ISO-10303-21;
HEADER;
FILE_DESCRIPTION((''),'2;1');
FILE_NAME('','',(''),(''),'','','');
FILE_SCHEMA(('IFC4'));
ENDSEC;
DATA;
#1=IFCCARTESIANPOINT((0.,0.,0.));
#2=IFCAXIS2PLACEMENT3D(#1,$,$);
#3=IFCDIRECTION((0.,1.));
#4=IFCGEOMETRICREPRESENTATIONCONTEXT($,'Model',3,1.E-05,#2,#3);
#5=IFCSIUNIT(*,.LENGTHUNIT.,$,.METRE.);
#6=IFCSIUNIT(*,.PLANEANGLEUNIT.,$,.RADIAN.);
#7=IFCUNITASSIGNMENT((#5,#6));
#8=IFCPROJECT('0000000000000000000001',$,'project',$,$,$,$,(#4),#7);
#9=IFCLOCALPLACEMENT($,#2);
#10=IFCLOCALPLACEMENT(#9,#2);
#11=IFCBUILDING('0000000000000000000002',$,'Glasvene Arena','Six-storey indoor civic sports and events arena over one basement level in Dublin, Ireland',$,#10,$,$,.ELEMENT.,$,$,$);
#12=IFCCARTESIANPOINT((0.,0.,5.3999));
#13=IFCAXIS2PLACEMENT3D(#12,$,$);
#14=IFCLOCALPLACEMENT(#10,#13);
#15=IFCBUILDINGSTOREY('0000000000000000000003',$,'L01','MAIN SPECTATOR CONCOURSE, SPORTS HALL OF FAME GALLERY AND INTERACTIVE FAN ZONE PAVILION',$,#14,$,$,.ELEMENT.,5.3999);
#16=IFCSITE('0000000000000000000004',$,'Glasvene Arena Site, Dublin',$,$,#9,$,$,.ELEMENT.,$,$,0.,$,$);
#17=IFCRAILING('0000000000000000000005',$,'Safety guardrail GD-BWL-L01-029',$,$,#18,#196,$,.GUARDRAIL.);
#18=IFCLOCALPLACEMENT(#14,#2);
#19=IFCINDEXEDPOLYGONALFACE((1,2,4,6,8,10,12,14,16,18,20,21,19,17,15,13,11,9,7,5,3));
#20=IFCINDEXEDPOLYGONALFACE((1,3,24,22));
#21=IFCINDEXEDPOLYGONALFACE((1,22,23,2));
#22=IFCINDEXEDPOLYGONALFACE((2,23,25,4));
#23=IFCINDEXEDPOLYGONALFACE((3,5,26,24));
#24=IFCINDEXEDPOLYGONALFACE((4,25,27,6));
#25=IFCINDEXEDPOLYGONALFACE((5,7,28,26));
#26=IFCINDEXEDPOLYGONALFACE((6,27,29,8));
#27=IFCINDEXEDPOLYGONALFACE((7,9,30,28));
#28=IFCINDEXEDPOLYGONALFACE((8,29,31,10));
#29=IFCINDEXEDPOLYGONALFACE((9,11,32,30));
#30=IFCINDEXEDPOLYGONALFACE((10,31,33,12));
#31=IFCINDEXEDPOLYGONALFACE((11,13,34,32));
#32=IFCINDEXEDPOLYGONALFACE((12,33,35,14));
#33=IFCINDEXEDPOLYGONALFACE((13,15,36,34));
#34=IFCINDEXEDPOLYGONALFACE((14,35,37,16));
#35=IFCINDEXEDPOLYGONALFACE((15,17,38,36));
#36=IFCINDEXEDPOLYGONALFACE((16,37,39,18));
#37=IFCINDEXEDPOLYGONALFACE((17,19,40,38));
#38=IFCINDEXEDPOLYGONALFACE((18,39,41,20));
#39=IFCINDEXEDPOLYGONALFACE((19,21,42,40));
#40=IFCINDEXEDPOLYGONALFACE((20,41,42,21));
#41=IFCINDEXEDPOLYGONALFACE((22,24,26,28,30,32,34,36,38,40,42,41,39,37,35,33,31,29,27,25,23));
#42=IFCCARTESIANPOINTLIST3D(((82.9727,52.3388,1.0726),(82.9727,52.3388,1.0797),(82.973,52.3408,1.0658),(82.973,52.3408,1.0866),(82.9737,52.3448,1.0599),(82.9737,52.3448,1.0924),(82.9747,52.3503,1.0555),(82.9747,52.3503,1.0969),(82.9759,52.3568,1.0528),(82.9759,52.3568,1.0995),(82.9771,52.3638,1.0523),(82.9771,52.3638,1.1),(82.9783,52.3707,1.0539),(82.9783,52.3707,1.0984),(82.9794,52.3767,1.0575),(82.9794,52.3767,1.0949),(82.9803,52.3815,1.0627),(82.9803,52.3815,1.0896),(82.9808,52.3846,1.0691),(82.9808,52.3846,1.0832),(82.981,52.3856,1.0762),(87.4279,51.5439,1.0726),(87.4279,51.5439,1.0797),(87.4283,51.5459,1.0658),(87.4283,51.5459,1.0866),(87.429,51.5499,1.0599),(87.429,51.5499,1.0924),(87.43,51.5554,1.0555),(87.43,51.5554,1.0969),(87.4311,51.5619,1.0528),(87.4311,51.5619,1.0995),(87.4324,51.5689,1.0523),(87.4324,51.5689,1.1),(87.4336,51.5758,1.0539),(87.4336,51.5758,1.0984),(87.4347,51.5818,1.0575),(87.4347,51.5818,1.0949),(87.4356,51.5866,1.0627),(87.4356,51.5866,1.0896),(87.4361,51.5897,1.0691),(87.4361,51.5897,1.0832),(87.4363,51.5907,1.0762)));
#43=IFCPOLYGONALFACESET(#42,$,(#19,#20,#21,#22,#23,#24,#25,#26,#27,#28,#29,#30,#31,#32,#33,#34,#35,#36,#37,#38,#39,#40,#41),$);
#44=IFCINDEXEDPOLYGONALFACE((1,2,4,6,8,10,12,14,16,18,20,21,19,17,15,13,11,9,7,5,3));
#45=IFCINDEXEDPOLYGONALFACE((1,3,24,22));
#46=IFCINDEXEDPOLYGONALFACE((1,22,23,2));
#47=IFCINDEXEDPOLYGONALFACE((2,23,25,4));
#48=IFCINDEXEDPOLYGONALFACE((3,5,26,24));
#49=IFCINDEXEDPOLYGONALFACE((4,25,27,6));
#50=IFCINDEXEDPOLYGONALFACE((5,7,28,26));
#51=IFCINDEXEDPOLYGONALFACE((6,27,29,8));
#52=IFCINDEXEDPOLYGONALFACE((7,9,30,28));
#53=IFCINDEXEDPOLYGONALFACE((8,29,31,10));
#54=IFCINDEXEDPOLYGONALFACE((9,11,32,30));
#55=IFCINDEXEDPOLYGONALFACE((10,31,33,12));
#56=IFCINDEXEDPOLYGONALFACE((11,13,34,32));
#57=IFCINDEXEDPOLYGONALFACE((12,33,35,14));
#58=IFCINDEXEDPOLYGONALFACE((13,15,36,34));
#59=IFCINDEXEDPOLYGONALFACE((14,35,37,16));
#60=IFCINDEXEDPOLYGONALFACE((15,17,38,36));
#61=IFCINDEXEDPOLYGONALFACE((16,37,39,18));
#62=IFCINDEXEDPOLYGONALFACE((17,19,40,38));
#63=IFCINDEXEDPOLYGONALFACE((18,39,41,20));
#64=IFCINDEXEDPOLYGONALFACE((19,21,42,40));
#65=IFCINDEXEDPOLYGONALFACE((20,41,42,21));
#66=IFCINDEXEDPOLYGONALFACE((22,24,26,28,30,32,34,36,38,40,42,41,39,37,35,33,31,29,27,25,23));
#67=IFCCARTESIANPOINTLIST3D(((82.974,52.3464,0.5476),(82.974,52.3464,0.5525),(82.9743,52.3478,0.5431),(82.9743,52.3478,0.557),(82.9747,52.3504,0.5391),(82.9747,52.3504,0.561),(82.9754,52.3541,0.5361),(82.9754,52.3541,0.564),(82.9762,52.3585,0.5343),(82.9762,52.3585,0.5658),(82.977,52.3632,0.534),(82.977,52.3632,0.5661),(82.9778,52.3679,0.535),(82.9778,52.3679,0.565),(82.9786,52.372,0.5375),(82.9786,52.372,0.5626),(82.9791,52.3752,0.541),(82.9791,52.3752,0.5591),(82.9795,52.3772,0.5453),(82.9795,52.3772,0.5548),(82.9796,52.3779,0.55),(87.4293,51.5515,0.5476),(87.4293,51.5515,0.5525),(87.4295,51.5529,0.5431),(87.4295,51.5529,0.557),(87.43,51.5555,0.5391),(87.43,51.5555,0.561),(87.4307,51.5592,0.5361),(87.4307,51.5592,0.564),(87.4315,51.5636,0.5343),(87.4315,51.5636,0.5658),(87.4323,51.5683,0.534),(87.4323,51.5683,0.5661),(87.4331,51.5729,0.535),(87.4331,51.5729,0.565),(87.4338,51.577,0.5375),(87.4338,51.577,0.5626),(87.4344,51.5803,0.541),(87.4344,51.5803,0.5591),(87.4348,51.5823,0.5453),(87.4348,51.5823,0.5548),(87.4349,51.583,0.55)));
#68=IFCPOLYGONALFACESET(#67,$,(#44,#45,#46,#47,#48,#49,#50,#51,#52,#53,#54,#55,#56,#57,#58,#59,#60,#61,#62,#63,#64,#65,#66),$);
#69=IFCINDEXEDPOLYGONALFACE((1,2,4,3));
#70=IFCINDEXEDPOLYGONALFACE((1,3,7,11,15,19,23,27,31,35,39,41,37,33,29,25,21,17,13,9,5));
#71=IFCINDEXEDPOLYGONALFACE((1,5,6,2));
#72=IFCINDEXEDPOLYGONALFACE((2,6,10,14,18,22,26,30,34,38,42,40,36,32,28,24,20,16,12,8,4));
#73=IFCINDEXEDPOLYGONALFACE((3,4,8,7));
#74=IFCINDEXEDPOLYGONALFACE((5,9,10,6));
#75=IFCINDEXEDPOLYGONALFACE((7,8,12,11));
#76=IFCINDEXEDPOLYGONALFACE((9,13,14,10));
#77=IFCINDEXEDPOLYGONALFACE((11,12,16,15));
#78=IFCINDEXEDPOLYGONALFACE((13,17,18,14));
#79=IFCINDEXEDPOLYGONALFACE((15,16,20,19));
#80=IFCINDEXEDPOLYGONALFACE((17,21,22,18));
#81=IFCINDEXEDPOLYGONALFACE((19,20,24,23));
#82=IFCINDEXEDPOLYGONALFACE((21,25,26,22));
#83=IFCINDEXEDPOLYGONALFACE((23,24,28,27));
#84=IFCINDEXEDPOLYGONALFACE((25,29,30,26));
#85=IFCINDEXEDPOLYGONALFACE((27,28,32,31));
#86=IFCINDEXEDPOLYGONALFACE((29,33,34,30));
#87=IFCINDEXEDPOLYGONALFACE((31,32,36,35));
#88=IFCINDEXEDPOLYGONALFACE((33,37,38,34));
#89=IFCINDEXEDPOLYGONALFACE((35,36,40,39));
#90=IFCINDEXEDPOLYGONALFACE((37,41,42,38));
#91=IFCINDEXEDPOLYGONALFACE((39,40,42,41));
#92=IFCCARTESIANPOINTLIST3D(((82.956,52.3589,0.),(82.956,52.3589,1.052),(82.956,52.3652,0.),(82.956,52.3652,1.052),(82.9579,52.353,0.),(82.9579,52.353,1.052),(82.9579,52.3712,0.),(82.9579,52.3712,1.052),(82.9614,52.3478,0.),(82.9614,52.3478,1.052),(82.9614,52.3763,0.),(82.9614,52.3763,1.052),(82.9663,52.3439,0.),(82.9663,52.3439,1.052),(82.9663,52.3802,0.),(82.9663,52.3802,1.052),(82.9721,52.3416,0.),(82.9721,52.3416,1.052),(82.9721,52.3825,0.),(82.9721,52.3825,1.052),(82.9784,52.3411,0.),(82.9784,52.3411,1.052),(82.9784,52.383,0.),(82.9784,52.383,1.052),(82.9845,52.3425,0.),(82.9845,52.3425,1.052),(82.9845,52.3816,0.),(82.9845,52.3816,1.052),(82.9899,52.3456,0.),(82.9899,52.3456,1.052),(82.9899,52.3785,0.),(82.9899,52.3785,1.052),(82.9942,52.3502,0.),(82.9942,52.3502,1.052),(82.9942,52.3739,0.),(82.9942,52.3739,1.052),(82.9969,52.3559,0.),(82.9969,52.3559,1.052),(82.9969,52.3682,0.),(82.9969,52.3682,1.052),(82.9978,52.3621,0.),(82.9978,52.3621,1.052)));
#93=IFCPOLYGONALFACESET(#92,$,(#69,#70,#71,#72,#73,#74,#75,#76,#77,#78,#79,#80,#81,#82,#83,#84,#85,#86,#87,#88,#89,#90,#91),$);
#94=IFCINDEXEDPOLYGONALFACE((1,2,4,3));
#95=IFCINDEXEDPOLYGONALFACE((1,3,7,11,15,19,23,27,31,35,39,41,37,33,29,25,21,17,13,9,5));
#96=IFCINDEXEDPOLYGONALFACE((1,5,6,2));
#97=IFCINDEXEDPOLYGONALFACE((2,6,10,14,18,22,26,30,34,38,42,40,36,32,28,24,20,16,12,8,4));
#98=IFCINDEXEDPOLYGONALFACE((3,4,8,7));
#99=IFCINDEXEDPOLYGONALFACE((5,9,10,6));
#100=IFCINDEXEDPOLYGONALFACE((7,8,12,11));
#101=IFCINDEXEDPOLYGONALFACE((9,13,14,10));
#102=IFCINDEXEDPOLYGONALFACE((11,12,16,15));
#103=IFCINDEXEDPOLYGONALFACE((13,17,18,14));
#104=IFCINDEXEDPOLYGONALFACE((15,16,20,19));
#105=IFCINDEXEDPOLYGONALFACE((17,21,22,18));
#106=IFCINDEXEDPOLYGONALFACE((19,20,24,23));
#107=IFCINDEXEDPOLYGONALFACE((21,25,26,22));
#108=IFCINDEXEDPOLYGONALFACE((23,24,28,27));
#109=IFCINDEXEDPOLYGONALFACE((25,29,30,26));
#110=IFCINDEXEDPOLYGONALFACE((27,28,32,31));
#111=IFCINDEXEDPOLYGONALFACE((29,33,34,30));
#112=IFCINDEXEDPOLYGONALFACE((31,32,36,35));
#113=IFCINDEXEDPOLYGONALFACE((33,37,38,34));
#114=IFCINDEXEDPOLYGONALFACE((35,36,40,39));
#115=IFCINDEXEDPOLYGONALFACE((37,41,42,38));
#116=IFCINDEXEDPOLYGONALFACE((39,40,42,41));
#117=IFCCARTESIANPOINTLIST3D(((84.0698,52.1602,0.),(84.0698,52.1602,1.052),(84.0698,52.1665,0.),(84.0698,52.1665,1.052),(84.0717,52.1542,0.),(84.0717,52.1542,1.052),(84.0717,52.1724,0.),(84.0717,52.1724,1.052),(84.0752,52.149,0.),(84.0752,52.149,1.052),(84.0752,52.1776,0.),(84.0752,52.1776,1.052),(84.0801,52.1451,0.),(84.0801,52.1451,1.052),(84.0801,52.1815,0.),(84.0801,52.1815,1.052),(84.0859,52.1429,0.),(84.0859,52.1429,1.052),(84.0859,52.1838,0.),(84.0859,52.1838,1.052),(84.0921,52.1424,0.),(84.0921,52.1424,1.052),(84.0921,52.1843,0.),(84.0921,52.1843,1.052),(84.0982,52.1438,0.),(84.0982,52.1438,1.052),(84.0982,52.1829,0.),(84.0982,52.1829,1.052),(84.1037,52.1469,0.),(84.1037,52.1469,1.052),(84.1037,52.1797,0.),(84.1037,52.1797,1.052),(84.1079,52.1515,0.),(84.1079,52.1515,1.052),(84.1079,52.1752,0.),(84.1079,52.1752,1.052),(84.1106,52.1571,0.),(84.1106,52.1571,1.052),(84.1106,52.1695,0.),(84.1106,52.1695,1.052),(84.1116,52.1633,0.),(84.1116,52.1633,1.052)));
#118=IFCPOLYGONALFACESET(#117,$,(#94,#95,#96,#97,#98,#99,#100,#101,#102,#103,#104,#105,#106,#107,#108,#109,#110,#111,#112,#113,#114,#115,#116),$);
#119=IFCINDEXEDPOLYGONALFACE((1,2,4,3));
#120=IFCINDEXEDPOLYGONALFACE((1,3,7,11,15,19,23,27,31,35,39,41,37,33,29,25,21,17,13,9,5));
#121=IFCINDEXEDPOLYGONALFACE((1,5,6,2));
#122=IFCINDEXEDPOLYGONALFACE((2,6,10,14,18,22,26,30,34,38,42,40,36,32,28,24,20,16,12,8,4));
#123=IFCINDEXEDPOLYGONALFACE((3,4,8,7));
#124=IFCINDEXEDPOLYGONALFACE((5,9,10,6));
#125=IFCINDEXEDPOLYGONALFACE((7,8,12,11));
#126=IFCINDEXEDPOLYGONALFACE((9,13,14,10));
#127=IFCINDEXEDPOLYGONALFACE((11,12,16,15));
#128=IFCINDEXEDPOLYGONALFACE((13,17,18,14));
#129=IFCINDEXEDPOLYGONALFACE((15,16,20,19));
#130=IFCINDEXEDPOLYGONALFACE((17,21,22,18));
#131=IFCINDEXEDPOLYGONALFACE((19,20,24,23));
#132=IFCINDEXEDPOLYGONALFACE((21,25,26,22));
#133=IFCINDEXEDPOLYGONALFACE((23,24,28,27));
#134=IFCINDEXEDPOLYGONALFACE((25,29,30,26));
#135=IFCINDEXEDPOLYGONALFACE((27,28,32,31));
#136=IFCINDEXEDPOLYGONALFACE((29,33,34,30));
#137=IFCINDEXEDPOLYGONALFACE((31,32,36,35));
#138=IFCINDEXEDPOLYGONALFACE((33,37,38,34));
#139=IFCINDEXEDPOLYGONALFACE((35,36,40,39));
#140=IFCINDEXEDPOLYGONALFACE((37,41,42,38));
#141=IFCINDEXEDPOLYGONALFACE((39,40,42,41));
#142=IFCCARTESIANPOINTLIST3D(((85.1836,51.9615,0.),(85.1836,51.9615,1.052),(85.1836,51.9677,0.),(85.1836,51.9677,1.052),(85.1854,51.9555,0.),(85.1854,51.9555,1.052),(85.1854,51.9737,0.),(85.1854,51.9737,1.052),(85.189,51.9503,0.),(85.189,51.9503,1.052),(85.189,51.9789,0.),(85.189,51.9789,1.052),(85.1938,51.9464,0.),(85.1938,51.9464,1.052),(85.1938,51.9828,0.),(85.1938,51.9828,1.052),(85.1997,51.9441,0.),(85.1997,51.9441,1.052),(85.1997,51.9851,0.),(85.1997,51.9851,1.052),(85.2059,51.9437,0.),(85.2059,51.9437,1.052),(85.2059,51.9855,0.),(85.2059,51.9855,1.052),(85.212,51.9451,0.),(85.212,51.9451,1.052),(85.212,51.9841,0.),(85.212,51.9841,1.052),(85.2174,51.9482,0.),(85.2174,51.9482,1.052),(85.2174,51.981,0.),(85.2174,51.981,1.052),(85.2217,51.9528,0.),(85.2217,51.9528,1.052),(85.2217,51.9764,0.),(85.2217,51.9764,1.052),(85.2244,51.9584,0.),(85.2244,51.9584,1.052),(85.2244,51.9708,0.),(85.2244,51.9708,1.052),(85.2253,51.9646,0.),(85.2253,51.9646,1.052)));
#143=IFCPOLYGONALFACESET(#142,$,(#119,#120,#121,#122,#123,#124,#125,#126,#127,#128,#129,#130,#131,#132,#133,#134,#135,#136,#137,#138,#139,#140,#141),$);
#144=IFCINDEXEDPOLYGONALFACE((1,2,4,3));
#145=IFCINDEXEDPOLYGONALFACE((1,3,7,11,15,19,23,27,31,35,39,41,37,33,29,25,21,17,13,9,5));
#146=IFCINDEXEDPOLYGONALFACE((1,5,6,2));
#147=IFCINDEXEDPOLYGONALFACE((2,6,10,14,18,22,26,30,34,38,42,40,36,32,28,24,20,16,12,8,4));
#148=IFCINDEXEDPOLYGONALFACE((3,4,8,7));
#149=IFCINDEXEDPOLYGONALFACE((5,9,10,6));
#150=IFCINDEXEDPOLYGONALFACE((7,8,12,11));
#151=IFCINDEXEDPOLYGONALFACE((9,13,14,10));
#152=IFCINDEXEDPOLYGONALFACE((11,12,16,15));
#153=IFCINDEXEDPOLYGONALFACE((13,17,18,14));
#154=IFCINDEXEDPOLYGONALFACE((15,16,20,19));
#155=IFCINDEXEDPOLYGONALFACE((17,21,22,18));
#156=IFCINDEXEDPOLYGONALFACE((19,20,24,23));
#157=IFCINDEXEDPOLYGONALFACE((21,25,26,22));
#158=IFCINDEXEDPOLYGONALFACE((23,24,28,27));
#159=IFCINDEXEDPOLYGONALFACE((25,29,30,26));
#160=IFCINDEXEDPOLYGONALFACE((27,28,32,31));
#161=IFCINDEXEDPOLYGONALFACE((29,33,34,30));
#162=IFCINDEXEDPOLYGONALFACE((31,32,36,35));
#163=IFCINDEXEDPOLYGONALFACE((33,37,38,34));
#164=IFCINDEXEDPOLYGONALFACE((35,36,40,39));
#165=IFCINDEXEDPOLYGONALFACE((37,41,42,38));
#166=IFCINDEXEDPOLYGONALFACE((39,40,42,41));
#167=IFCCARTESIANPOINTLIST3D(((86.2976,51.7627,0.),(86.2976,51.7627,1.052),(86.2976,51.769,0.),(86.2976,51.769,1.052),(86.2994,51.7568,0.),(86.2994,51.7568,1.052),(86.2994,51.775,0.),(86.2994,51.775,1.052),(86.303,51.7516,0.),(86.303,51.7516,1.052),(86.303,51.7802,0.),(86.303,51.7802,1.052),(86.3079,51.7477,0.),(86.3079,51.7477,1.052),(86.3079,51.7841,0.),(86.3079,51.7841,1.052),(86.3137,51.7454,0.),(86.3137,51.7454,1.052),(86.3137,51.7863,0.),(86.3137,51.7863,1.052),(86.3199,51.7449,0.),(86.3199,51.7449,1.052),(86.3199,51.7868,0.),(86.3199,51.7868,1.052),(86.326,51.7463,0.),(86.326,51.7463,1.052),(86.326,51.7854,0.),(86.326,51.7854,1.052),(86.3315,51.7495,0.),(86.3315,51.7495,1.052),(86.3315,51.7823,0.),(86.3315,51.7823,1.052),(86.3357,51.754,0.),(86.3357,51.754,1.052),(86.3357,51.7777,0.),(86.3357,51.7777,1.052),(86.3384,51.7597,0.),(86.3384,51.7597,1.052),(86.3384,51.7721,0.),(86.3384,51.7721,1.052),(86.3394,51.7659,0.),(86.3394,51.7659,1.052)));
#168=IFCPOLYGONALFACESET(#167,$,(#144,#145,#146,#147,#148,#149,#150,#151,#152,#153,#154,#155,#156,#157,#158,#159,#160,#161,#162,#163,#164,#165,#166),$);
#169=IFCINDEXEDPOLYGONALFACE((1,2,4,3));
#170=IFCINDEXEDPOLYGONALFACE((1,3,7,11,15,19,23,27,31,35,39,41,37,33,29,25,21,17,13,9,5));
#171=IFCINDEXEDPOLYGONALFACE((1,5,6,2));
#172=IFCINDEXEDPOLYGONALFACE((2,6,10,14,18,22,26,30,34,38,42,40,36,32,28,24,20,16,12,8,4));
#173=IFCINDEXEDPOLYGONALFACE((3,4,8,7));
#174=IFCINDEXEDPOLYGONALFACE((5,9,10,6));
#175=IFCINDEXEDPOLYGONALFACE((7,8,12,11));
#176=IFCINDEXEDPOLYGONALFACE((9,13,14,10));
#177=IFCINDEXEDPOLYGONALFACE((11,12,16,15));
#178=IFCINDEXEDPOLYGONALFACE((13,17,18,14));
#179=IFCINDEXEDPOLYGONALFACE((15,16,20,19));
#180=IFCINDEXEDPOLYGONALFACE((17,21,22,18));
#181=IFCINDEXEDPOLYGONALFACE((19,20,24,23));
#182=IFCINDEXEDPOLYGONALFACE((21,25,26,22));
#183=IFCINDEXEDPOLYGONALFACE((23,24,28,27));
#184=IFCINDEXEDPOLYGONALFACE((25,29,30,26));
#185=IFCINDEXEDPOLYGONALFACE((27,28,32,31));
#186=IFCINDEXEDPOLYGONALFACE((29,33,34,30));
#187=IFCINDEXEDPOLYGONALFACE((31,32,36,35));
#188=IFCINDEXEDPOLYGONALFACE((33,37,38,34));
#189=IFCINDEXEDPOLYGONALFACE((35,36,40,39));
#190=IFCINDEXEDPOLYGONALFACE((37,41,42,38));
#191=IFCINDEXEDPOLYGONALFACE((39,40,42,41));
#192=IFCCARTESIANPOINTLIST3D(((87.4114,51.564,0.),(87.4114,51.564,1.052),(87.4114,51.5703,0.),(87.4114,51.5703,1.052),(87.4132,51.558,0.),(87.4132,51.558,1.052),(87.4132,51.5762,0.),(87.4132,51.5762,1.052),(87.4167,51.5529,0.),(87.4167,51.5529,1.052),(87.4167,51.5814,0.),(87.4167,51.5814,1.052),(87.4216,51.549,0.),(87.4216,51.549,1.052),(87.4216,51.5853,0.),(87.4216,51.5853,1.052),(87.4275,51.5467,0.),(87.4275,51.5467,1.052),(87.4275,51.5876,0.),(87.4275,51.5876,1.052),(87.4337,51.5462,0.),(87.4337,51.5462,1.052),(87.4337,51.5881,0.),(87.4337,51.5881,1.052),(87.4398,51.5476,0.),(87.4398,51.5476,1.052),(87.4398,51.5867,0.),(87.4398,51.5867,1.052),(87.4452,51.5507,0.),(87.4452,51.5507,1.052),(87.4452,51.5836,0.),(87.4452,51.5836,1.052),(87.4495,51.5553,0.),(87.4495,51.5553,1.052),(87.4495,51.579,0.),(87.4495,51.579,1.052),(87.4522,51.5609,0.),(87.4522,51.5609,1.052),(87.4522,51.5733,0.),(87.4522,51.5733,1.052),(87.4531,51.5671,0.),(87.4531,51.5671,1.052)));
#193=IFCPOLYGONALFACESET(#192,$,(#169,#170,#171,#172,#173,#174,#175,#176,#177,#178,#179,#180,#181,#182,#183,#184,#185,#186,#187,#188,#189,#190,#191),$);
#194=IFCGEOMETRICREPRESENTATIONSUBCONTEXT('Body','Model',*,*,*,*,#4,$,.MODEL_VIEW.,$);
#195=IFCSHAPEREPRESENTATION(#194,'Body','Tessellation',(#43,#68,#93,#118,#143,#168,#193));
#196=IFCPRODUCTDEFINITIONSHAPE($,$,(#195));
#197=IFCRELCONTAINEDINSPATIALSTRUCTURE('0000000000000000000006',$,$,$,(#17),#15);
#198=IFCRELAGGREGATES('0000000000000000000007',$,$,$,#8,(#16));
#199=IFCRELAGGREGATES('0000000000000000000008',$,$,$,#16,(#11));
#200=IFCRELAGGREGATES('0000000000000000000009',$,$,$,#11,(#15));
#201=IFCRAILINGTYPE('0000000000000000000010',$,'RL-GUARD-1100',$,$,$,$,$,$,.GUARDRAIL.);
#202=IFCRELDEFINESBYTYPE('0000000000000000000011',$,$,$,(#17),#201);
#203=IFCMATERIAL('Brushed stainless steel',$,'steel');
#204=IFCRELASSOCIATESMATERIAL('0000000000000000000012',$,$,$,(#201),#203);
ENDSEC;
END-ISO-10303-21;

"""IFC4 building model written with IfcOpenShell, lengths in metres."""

from ifc_helpers import new_model, si_unit, direction, frame, origin, origin_2d, place, context, subcontext, project, spatial, circle, extrude, material, type_object, element, save


model = new_model("IFC4")

# Units and contexts
model_context = context("Model", 3, precision=1e-05, world=origin(), true_north=direction((0.0, 1.0)))
body_context = subcontext(model_context, "Body", "Model", "MODEL_VIEW")
ifc_project = project(units=[si_unit("LENGTHUNIT", "METRE"), si_unit("PLANEANGLEUNIT", "RADIAN")], contexts=[model_context])

# Site, building, storey
site_placement = place(None, origin())
site = spatial("IfcSite", under=ifc_project, at=site_placement, Name="Glasvene Arena Site, Dublin", CompositionType="ELEMENT", RefElevation=0.0)
building_placement = place(site_placement, origin())
building = spatial("IfcBuilding", under=site, at=building_placement, Name="Glasvene Arena", Description="Six-storey indoor civic sports and events arena over one basement level in Dublin, Ireland", CompositionType="ELEMENT")
storey_placement = place(building_placement, frame((0.0, 0.0, 5.3999)))
storey = spatial("IfcBuildingStorey", under=building, at=storey_placement, Name="L01", Description="MAIN SPECTATOR CONCOURSE, SPORTS HALL OF FAME GALLERY AND INTERACTIVE FAN ZONE PAVILION", CompositionType="ELEMENT", Elevation=5.3999)

# Railing
ifc_material_1 = material(Name="Brushed stainless steel", Category="steel")
railing_type = type_object("IfcRailingType", Name="RL-GUARD-1100", PredefinedType="GUARDRAIL", material=ifc_material_1)
railing_placement = place(storey_placement, frame((82.9768, 52.3621, 0.0)))
element("IfcRailing", 1, at=railing_placement, inside=storey, type_object=railing_type, Name="Safety guardrail GD-BWL-L01-029", PredefinedType="GUARDRAIL", context=body_context, shape_type="SweptSolid", body=[
    extrude(circle(Radius=0.0239, at=origin_2d()), frame((0.0, 0.0, 1.0762), z_axis=(0.984453, -0.175647, 0.0), x_axis=(0.175647, 0.984453, 0.0)), (0.0, 0.0, 1.0), 4.5256),
    extrude(circle(Radius=0.0161, at=origin_2d()), frame((0.0, 0.0, 0.55), z_axis=(0.984453, -0.175647, 0.0), x_axis=(0.175647, 0.984453, 0.0)), (0.0, 0.0, 1.0), 4.5256),
    extrude(circle(Radius=0.021, at=origin_2d()), origin(), (0.0, 0.0, 1.0), 1.052),
    extrude(circle(Radius=0.021, at=origin_2d()), frame((1.1138, -0.1987, 0.0)), (0.0, 0.0, 1.0), 1.052),
    extrude(circle(Radius=0.021, at=origin_2d()), frame((2.2275, -0.3975, 0.0)), (0.0, 0.0, 1.0), 1.052),
    extrude(circle(Radius=0.021, at=origin_2d()), frame((3.3416, -0.5962, 0.0)), (0.0, 0.0, 1.0), 1.052),
    extrude(circle(Radius=0.021, at=origin_2d()), frame((4.4553, -0.7949, 0.0)), (0.0, 0.0, 1.0), 1.052),
])

save(model, "model.ifc")
